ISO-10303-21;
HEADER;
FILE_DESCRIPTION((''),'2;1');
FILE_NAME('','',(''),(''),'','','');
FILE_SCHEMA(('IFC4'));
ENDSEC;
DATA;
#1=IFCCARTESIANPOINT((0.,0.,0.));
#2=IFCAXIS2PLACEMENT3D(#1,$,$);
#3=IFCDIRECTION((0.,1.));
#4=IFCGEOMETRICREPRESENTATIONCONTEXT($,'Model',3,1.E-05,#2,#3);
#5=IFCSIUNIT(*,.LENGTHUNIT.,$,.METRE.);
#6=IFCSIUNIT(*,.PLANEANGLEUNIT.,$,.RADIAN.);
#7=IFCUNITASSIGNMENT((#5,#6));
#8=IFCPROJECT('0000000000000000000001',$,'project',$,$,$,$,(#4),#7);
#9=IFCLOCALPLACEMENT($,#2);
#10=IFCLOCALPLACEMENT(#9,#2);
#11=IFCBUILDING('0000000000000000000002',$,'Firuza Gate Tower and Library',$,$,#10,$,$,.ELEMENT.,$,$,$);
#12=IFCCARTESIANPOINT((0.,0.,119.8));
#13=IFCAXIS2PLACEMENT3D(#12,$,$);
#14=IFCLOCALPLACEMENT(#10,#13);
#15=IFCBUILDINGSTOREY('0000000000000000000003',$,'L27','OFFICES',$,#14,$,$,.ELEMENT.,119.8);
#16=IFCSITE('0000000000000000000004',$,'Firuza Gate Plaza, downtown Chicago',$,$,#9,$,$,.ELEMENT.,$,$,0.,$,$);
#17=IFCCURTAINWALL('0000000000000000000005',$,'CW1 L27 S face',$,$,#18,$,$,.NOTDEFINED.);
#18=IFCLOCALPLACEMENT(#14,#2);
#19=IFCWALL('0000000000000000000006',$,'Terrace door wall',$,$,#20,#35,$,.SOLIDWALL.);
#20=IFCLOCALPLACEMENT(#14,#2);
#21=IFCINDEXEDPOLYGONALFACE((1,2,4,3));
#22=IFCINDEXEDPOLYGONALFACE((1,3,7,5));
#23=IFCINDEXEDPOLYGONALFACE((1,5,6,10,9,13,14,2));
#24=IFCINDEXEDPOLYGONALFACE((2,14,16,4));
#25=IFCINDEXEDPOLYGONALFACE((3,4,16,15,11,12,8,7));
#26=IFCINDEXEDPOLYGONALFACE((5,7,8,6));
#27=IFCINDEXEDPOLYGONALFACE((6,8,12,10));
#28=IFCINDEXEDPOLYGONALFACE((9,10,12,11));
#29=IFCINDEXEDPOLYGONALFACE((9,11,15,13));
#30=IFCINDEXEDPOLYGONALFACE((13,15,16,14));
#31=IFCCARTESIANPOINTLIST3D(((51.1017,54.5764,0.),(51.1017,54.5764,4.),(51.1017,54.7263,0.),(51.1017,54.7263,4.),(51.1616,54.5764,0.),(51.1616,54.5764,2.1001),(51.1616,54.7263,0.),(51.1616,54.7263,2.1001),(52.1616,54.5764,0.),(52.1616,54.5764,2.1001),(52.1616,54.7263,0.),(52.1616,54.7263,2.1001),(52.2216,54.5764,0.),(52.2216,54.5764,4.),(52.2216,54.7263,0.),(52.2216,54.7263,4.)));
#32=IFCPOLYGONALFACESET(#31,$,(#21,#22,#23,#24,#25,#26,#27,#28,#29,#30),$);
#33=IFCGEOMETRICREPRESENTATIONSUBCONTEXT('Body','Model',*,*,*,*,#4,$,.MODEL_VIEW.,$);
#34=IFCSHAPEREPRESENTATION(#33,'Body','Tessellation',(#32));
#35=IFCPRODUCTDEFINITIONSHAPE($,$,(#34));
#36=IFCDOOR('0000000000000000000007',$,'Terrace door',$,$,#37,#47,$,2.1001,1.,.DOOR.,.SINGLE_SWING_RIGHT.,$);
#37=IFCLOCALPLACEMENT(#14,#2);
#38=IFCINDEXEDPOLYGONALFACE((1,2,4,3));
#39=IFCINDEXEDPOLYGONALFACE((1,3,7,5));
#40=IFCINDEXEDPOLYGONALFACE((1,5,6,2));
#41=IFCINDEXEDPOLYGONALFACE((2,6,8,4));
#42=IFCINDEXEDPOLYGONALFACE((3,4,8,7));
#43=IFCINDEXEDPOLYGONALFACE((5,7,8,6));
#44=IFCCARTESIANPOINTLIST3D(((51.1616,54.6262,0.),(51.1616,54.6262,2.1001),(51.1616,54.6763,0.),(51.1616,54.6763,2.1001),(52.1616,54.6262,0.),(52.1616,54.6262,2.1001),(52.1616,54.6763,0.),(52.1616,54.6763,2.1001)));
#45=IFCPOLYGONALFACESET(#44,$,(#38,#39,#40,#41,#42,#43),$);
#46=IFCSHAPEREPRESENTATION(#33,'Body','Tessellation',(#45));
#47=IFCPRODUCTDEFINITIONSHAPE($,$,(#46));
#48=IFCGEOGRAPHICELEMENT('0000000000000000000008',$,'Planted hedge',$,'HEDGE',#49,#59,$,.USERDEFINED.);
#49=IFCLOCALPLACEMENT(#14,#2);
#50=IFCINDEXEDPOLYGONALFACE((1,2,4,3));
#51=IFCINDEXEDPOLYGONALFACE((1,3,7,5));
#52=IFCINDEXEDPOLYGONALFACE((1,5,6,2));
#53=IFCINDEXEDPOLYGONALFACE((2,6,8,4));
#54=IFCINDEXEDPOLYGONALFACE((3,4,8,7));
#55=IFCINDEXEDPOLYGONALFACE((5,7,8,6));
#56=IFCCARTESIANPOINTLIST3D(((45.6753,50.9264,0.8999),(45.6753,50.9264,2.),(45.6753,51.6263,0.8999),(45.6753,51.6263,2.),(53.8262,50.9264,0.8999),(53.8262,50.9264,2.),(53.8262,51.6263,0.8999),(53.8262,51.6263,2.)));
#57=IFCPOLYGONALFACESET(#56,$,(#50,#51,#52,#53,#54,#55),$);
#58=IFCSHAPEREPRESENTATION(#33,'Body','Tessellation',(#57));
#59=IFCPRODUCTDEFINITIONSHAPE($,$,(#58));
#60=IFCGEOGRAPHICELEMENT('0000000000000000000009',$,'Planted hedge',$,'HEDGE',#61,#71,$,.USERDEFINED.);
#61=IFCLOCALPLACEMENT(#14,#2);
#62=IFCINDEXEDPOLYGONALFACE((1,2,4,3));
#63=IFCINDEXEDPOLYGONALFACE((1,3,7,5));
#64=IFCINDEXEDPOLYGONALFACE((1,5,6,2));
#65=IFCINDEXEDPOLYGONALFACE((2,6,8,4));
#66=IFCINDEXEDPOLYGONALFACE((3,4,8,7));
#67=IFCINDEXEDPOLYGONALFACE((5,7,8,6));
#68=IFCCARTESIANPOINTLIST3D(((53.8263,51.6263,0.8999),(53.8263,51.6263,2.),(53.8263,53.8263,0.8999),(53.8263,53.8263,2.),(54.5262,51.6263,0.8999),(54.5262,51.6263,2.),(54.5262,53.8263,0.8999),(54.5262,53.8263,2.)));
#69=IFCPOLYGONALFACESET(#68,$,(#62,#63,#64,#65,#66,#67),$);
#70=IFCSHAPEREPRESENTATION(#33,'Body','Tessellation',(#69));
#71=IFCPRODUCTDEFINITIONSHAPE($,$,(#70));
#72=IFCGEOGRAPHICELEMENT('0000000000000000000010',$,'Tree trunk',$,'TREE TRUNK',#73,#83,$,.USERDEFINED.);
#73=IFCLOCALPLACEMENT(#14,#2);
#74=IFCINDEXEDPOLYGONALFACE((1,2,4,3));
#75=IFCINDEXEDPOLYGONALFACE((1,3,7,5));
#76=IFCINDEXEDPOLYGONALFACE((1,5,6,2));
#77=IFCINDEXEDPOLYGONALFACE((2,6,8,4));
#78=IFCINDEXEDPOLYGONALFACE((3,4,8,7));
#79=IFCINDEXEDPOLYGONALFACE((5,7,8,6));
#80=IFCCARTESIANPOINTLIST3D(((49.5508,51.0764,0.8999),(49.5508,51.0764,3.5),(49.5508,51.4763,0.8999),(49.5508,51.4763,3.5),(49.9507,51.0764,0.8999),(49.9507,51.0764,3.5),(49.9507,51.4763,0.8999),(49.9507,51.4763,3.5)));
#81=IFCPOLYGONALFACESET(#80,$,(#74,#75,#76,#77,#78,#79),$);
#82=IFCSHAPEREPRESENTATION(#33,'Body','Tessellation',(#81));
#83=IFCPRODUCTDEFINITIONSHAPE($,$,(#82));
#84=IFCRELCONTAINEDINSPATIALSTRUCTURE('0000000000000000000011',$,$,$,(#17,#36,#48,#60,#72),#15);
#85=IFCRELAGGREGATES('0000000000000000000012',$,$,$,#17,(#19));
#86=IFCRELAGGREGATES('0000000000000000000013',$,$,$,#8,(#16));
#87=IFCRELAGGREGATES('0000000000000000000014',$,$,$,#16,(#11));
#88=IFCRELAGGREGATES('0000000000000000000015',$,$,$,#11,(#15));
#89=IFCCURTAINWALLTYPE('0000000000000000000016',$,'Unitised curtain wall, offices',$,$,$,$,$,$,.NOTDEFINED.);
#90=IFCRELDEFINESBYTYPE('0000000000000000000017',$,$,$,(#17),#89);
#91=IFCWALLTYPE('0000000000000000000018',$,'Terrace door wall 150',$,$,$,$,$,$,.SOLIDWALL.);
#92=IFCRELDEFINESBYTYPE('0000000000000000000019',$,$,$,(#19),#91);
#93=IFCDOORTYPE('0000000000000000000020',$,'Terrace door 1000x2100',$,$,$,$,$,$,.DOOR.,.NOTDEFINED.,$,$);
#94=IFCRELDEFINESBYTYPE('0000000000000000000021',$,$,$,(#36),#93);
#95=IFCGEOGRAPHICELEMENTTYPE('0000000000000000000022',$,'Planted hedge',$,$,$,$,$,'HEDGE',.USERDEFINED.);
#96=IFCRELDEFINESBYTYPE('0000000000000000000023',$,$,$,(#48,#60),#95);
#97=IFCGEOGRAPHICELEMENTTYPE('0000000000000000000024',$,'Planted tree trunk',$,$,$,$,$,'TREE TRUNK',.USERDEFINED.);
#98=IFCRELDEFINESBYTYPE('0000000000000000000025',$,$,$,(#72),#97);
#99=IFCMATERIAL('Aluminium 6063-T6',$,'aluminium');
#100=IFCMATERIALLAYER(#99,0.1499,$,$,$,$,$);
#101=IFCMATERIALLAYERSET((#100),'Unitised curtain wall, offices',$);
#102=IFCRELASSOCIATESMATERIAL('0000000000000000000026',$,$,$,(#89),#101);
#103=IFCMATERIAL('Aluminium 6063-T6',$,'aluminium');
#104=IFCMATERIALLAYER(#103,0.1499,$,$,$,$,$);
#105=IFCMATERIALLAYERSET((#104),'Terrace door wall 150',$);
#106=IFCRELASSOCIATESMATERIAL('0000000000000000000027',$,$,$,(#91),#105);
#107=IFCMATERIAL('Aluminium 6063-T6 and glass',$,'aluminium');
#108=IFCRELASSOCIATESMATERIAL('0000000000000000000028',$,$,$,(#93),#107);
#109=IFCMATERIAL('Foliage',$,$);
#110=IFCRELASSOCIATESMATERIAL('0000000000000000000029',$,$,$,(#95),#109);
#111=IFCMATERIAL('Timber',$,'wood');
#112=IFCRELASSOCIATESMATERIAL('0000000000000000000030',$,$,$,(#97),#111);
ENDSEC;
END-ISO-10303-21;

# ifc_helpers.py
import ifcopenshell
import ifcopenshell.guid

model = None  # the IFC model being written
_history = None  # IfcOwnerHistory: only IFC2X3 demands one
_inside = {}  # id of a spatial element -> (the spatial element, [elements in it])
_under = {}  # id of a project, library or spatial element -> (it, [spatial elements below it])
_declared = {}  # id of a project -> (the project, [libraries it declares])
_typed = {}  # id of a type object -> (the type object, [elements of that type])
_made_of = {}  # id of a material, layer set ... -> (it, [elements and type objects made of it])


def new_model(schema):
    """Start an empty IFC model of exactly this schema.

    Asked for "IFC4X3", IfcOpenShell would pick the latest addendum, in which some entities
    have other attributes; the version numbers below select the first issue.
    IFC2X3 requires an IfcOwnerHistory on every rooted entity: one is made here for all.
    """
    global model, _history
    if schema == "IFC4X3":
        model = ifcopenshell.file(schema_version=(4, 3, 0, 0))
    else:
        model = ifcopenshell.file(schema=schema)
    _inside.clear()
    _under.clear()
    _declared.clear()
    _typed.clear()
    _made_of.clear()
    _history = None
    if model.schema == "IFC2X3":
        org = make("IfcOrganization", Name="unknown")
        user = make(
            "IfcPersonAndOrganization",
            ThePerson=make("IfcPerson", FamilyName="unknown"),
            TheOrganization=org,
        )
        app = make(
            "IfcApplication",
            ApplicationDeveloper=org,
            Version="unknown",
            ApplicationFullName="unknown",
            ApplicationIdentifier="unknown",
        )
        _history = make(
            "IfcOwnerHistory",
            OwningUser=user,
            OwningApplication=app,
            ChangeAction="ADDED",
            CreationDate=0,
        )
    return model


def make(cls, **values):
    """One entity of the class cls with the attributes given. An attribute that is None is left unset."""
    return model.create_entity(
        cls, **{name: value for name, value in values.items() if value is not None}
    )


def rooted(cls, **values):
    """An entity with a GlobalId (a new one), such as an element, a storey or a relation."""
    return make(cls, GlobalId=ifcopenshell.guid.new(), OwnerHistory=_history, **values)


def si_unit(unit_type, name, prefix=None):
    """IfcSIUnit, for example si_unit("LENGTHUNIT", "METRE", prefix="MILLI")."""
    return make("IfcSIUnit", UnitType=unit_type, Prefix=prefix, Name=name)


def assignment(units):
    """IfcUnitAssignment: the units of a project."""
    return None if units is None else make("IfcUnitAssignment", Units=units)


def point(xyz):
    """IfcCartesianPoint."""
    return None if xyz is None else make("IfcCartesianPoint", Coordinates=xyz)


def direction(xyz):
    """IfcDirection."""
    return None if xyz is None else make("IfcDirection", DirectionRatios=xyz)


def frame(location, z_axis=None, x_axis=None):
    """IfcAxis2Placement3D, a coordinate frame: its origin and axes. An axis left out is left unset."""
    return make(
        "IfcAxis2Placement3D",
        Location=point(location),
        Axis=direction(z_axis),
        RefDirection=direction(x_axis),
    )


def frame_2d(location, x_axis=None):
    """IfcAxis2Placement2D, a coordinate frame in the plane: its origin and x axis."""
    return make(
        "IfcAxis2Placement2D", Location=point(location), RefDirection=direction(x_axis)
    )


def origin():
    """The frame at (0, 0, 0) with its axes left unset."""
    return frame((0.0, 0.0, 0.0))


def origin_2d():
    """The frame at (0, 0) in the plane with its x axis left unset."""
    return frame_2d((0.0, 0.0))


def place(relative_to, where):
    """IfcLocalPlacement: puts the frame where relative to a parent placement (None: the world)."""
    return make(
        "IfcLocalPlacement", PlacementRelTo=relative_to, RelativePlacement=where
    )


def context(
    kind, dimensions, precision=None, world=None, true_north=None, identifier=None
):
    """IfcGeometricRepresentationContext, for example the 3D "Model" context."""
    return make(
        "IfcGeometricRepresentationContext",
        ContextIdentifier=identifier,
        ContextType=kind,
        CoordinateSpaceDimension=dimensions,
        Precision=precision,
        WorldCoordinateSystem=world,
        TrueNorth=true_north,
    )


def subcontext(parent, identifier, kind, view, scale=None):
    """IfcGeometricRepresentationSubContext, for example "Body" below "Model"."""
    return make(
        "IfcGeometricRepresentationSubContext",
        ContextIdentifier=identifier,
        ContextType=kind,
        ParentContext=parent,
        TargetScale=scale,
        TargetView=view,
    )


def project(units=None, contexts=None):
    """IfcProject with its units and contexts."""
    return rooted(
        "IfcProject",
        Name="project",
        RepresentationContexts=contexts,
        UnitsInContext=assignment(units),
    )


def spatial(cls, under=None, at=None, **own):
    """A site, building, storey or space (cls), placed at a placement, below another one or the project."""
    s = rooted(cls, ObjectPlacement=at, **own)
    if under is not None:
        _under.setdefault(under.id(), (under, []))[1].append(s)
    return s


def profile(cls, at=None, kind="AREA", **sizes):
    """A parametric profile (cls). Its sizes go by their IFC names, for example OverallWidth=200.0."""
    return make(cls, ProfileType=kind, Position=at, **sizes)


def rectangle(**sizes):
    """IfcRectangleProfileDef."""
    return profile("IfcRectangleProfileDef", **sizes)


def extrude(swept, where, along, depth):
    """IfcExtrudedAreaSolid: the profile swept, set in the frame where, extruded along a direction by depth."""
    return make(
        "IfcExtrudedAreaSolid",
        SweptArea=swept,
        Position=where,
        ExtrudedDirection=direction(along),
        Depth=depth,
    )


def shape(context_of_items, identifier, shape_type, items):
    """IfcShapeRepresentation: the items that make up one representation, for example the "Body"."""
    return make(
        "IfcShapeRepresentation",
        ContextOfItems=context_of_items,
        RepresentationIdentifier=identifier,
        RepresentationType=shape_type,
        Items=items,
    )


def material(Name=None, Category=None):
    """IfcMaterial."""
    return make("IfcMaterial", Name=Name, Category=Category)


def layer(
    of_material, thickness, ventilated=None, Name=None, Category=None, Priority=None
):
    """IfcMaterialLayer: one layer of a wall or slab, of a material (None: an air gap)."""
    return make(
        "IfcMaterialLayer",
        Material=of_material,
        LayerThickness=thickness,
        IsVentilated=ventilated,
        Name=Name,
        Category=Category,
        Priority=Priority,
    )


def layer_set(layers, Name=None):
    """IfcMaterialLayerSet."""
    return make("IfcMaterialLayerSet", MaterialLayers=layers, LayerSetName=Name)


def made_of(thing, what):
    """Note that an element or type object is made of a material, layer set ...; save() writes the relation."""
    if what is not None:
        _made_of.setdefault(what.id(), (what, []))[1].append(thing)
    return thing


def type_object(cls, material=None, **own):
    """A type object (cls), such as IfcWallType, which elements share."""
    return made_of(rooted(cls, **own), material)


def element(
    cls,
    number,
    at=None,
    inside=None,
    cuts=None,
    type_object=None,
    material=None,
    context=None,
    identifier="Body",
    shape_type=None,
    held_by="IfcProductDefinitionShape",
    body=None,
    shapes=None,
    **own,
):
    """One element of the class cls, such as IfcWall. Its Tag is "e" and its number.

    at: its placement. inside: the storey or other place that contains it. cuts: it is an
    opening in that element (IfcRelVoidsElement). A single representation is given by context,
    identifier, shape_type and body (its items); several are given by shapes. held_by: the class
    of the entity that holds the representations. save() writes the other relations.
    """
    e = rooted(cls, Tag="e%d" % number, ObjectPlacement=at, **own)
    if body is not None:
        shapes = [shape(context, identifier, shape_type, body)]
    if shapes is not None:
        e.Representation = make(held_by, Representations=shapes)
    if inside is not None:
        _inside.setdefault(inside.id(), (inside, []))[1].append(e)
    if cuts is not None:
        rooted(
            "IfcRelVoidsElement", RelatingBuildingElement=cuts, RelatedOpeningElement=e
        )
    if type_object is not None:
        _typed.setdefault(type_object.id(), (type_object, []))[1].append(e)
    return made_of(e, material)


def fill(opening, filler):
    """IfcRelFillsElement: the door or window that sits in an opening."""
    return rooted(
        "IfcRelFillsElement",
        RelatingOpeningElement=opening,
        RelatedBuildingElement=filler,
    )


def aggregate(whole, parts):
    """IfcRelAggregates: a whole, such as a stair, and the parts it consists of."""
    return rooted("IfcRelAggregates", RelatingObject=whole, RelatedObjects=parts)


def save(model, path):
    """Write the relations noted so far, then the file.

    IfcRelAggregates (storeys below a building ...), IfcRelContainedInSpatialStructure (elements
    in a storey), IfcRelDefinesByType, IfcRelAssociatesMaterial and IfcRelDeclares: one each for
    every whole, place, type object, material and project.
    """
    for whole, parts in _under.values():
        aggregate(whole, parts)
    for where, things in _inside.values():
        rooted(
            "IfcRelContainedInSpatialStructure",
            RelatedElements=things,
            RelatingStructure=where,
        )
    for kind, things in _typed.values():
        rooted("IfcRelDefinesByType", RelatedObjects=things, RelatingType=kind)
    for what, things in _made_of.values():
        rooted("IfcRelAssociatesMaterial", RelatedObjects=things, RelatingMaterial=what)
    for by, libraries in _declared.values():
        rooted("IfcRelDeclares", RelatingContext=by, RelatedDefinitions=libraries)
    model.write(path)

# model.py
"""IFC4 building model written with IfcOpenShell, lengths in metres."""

from ifc_helpers import new_model, si_unit, direction, frame, frame_2d, origin, origin_2d, place, context, subcontext, project, spatial, rectangle, extrude, material, layer, layer_set, type_object, element, fill, aggregate, save


model = new_model("IFC4")

# Units and contexts
model_context = context("Model", 3, precision=1e-05, world=origin(), true_north=direction((0.0, 1.0)))
body_context = subcontext(model_context, "Body", "Model", "MODEL_VIEW")
ifc_project = project(units=[si_unit("LENGTHUNIT", "METRE"), si_unit("PLANEANGLEUNIT", "RADIAN")], contexts=[model_context])

# Site, building, storey
site_placement = place(None, origin())
site = spatial("IfcSite", under=ifc_project, at=site_placement, Name="Firuza Gate Plaza, downtown Chicago", CompositionType="ELEMENT", RefElevation=0.0)
building_placement = place(site_placement, origin())
building = spatial("IfcBuilding", under=site, at=building_placement, Name="Firuza Gate Tower and Library", CompositionType="ELEMENT")
storey_placement = place(building_placement, frame((0.0, 0.0, 119.8)))
storey = spatial("IfcBuildingStorey", under=building, at=storey_placement, Name="L27", Description="OFFICES", CompositionType="ELEMENT", Elevation=119.8)

# Curtain wall
ifc_material_1 = material(Name="Aluminium 6063-T6", Category="aluminium")
ifc_layer_1 = layer(ifc_material_1, 0.1499)
ifc_layer_set_1 = layer_set([ifc_layer_1], Name="Unitised curtain wall, offices")
curtain_wall_type = type_object("IfcCurtainWallType", Name="Unitised curtain wall, offices", PredefinedType="NOTDEFINED", material=ifc_layer_set_1)
curtain_wall_placement = place(storey_placement, origin())
curtain_wall = element("IfcCurtainWall", 1, at=curtain_wall_placement, inside=storey, type_object=curtain_wall_type, Name="CW1 L27 S face", PredefinedType="NOTDEFINED")

# Wall, opening, door
ifc_material_2 = material(Name="Aluminium 6063-T6", Category="aluminium")
ifc_layer_2 = layer(ifc_material_2, 0.1499)
ifc_layer_set_2 = layer_set([ifc_layer_2], Name="Terrace door wall 150")
wall_type_1 = type_object("IfcWallType", Name="Terrace door wall 150", PredefinedType="SOLIDWALL", material=ifc_layer_set_2)
wall_1_placement = place(storey_placement, frame((51.1016, 54.6514, 0.0), z_axis=(0.0, 0.0, 1.0), x_axis=(1.0, 0.0, 0.0)))
wall_1 = element("IfcWall", 2, at=wall_1_placement, type_object=wall_type_1, Name="Terrace door wall", PredefinedType="SOLIDWALL", context=body_context, shape_type="SweptSolid", body=[
    extrude(rectangle(XDim=1.1199, YDim=0.1499, at=frame_2d((0.5601, 0.0))), origin(), (0.0, 0.0, 1.0), 4.0),
])
opening_placement = place(wall_1_placement, frame((0.0601, 0.0, 0.0)))
opening = element("IfcOpeningElement", 3, at=opening_placement, cuts=wall_1, PredefinedType="OPENING", context=body_context, shape_type="SweptSolid", body=[
    extrude(rectangle(XDim=1.0, YDim=2.1001, at=frame_2d((0.5, 1.05))), frame((0.0, 0.085, 0.0), z_axis=(0.0, -1.0, 0.0), x_axis=(1.0, 0.0, 0.0)), (0.0, 0.0, 1.0), 0.1699),
])
ifc_material_3 = material(Name="Aluminium 6063-T6 and glass", Category="aluminium")
door_type = type_object("IfcDoorType", Name="Terrace door 1000x2100", OperationType="NOTDEFINED", PredefinedType="DOOR", material=ifc_material_3)
door_placement = place(opening_placement, origin())
door = element("IfcDoor", 4, at=door_placement, inside=storey, type_object=door_type, Name="Terrace door", OperationType="SINGLE_SWING_RIGHT", OverallHeight=2.1001, OverallWidth=1.0, PredefinedType="DOOR", context=body_context, shape_type="SweptSolid", body=[
    extrude(rectangle(XDim=1.0, YDim=2.1001, at=frame_2d((0.5, 1.05))), frame((0.0, 0.0249, 0.0), z_axis=(0.0, -1.0, 0.0), x_axis=(1.0, 0.0, 0.0)), (0.0, 0.0, 1.0), 0.05),
])
fill(opening, door)
aggregate(curtain_wall, [wall_1])

# Geographic elements
ifc_material_4 = material(Name="Foliage")
geographic_element_type_1 = type_object("IfcGeographicElementType", Name="Planted hedge", ElementType="HEDGE", PredefinedType="USERDEFINED", material=ifc_material_4)
placement = place(storey_placement, frame((49.7507, 51.2764, 0.8999), z_axis=(0.0, 0.0, 1.0), x_axis=(1.0, 0.0, 0.0)))
element("IfcGeographicElement", 5, at=placement, inside=storey, type_object=geographic_element_type_1, Name="Planted hedge", ObjectType="HEDGE", PredefinedType="USERDEFINED", context=body_context, shape_type="SweptSolid", body=[
    extrude(rectangle(XDim=8.1509, YDim=0.7, at=origin_2d()), origin(), (0.0, 0.0, 1.0), 1.1001),
])
geographic_element_1_placement = place(storey_placement, frame((54.1763, 52.7263, 0.8999), z_axis=(0.0, 0.0, 1.0), x_axis=(0.0, 1.0, 0.0)))
element("IfcGeographicElement", 6, at=geographic_element_1_placement, inside=storey, type_object=geographic_element_type_1, Name="Planted hedge", ObjectType="HEDGE", PredefinedType="USERDEFINED", context=body_context, shape_type="SweptSolid", body=[
    extrude(rectangle(XDim=2.2, YDim=0.7, at=origin_2d()), origin(), (0.0, 0.0, 1.0), 1.1001),
])
ifc_material_5 = material(Name="Timber", Category="wood")
geographic_element_type_2 = type_object("IfcGeographicElementType", Name="Planted tree trunk", ElementType="TREE TRUNK", PredefinedType="USERDEFINED", material=ifc_material_5)
element("IfcGeographicElement", 7, at=placement, inside=storey, type_object=geographic_element_type_2, Name="Tree trunk", ObjectType="TREE TRUNK", PredefinedType="USERDEFINED", context=body_context, shape_type="SweptSolid", body=[
    extrude(rectangle(XDim=0.3999, YDim=0.3999, at=origin_2d()), origin(), (0.0, 0.0, 1.0), 2.6001),
])

save(model, "model.ifc")
